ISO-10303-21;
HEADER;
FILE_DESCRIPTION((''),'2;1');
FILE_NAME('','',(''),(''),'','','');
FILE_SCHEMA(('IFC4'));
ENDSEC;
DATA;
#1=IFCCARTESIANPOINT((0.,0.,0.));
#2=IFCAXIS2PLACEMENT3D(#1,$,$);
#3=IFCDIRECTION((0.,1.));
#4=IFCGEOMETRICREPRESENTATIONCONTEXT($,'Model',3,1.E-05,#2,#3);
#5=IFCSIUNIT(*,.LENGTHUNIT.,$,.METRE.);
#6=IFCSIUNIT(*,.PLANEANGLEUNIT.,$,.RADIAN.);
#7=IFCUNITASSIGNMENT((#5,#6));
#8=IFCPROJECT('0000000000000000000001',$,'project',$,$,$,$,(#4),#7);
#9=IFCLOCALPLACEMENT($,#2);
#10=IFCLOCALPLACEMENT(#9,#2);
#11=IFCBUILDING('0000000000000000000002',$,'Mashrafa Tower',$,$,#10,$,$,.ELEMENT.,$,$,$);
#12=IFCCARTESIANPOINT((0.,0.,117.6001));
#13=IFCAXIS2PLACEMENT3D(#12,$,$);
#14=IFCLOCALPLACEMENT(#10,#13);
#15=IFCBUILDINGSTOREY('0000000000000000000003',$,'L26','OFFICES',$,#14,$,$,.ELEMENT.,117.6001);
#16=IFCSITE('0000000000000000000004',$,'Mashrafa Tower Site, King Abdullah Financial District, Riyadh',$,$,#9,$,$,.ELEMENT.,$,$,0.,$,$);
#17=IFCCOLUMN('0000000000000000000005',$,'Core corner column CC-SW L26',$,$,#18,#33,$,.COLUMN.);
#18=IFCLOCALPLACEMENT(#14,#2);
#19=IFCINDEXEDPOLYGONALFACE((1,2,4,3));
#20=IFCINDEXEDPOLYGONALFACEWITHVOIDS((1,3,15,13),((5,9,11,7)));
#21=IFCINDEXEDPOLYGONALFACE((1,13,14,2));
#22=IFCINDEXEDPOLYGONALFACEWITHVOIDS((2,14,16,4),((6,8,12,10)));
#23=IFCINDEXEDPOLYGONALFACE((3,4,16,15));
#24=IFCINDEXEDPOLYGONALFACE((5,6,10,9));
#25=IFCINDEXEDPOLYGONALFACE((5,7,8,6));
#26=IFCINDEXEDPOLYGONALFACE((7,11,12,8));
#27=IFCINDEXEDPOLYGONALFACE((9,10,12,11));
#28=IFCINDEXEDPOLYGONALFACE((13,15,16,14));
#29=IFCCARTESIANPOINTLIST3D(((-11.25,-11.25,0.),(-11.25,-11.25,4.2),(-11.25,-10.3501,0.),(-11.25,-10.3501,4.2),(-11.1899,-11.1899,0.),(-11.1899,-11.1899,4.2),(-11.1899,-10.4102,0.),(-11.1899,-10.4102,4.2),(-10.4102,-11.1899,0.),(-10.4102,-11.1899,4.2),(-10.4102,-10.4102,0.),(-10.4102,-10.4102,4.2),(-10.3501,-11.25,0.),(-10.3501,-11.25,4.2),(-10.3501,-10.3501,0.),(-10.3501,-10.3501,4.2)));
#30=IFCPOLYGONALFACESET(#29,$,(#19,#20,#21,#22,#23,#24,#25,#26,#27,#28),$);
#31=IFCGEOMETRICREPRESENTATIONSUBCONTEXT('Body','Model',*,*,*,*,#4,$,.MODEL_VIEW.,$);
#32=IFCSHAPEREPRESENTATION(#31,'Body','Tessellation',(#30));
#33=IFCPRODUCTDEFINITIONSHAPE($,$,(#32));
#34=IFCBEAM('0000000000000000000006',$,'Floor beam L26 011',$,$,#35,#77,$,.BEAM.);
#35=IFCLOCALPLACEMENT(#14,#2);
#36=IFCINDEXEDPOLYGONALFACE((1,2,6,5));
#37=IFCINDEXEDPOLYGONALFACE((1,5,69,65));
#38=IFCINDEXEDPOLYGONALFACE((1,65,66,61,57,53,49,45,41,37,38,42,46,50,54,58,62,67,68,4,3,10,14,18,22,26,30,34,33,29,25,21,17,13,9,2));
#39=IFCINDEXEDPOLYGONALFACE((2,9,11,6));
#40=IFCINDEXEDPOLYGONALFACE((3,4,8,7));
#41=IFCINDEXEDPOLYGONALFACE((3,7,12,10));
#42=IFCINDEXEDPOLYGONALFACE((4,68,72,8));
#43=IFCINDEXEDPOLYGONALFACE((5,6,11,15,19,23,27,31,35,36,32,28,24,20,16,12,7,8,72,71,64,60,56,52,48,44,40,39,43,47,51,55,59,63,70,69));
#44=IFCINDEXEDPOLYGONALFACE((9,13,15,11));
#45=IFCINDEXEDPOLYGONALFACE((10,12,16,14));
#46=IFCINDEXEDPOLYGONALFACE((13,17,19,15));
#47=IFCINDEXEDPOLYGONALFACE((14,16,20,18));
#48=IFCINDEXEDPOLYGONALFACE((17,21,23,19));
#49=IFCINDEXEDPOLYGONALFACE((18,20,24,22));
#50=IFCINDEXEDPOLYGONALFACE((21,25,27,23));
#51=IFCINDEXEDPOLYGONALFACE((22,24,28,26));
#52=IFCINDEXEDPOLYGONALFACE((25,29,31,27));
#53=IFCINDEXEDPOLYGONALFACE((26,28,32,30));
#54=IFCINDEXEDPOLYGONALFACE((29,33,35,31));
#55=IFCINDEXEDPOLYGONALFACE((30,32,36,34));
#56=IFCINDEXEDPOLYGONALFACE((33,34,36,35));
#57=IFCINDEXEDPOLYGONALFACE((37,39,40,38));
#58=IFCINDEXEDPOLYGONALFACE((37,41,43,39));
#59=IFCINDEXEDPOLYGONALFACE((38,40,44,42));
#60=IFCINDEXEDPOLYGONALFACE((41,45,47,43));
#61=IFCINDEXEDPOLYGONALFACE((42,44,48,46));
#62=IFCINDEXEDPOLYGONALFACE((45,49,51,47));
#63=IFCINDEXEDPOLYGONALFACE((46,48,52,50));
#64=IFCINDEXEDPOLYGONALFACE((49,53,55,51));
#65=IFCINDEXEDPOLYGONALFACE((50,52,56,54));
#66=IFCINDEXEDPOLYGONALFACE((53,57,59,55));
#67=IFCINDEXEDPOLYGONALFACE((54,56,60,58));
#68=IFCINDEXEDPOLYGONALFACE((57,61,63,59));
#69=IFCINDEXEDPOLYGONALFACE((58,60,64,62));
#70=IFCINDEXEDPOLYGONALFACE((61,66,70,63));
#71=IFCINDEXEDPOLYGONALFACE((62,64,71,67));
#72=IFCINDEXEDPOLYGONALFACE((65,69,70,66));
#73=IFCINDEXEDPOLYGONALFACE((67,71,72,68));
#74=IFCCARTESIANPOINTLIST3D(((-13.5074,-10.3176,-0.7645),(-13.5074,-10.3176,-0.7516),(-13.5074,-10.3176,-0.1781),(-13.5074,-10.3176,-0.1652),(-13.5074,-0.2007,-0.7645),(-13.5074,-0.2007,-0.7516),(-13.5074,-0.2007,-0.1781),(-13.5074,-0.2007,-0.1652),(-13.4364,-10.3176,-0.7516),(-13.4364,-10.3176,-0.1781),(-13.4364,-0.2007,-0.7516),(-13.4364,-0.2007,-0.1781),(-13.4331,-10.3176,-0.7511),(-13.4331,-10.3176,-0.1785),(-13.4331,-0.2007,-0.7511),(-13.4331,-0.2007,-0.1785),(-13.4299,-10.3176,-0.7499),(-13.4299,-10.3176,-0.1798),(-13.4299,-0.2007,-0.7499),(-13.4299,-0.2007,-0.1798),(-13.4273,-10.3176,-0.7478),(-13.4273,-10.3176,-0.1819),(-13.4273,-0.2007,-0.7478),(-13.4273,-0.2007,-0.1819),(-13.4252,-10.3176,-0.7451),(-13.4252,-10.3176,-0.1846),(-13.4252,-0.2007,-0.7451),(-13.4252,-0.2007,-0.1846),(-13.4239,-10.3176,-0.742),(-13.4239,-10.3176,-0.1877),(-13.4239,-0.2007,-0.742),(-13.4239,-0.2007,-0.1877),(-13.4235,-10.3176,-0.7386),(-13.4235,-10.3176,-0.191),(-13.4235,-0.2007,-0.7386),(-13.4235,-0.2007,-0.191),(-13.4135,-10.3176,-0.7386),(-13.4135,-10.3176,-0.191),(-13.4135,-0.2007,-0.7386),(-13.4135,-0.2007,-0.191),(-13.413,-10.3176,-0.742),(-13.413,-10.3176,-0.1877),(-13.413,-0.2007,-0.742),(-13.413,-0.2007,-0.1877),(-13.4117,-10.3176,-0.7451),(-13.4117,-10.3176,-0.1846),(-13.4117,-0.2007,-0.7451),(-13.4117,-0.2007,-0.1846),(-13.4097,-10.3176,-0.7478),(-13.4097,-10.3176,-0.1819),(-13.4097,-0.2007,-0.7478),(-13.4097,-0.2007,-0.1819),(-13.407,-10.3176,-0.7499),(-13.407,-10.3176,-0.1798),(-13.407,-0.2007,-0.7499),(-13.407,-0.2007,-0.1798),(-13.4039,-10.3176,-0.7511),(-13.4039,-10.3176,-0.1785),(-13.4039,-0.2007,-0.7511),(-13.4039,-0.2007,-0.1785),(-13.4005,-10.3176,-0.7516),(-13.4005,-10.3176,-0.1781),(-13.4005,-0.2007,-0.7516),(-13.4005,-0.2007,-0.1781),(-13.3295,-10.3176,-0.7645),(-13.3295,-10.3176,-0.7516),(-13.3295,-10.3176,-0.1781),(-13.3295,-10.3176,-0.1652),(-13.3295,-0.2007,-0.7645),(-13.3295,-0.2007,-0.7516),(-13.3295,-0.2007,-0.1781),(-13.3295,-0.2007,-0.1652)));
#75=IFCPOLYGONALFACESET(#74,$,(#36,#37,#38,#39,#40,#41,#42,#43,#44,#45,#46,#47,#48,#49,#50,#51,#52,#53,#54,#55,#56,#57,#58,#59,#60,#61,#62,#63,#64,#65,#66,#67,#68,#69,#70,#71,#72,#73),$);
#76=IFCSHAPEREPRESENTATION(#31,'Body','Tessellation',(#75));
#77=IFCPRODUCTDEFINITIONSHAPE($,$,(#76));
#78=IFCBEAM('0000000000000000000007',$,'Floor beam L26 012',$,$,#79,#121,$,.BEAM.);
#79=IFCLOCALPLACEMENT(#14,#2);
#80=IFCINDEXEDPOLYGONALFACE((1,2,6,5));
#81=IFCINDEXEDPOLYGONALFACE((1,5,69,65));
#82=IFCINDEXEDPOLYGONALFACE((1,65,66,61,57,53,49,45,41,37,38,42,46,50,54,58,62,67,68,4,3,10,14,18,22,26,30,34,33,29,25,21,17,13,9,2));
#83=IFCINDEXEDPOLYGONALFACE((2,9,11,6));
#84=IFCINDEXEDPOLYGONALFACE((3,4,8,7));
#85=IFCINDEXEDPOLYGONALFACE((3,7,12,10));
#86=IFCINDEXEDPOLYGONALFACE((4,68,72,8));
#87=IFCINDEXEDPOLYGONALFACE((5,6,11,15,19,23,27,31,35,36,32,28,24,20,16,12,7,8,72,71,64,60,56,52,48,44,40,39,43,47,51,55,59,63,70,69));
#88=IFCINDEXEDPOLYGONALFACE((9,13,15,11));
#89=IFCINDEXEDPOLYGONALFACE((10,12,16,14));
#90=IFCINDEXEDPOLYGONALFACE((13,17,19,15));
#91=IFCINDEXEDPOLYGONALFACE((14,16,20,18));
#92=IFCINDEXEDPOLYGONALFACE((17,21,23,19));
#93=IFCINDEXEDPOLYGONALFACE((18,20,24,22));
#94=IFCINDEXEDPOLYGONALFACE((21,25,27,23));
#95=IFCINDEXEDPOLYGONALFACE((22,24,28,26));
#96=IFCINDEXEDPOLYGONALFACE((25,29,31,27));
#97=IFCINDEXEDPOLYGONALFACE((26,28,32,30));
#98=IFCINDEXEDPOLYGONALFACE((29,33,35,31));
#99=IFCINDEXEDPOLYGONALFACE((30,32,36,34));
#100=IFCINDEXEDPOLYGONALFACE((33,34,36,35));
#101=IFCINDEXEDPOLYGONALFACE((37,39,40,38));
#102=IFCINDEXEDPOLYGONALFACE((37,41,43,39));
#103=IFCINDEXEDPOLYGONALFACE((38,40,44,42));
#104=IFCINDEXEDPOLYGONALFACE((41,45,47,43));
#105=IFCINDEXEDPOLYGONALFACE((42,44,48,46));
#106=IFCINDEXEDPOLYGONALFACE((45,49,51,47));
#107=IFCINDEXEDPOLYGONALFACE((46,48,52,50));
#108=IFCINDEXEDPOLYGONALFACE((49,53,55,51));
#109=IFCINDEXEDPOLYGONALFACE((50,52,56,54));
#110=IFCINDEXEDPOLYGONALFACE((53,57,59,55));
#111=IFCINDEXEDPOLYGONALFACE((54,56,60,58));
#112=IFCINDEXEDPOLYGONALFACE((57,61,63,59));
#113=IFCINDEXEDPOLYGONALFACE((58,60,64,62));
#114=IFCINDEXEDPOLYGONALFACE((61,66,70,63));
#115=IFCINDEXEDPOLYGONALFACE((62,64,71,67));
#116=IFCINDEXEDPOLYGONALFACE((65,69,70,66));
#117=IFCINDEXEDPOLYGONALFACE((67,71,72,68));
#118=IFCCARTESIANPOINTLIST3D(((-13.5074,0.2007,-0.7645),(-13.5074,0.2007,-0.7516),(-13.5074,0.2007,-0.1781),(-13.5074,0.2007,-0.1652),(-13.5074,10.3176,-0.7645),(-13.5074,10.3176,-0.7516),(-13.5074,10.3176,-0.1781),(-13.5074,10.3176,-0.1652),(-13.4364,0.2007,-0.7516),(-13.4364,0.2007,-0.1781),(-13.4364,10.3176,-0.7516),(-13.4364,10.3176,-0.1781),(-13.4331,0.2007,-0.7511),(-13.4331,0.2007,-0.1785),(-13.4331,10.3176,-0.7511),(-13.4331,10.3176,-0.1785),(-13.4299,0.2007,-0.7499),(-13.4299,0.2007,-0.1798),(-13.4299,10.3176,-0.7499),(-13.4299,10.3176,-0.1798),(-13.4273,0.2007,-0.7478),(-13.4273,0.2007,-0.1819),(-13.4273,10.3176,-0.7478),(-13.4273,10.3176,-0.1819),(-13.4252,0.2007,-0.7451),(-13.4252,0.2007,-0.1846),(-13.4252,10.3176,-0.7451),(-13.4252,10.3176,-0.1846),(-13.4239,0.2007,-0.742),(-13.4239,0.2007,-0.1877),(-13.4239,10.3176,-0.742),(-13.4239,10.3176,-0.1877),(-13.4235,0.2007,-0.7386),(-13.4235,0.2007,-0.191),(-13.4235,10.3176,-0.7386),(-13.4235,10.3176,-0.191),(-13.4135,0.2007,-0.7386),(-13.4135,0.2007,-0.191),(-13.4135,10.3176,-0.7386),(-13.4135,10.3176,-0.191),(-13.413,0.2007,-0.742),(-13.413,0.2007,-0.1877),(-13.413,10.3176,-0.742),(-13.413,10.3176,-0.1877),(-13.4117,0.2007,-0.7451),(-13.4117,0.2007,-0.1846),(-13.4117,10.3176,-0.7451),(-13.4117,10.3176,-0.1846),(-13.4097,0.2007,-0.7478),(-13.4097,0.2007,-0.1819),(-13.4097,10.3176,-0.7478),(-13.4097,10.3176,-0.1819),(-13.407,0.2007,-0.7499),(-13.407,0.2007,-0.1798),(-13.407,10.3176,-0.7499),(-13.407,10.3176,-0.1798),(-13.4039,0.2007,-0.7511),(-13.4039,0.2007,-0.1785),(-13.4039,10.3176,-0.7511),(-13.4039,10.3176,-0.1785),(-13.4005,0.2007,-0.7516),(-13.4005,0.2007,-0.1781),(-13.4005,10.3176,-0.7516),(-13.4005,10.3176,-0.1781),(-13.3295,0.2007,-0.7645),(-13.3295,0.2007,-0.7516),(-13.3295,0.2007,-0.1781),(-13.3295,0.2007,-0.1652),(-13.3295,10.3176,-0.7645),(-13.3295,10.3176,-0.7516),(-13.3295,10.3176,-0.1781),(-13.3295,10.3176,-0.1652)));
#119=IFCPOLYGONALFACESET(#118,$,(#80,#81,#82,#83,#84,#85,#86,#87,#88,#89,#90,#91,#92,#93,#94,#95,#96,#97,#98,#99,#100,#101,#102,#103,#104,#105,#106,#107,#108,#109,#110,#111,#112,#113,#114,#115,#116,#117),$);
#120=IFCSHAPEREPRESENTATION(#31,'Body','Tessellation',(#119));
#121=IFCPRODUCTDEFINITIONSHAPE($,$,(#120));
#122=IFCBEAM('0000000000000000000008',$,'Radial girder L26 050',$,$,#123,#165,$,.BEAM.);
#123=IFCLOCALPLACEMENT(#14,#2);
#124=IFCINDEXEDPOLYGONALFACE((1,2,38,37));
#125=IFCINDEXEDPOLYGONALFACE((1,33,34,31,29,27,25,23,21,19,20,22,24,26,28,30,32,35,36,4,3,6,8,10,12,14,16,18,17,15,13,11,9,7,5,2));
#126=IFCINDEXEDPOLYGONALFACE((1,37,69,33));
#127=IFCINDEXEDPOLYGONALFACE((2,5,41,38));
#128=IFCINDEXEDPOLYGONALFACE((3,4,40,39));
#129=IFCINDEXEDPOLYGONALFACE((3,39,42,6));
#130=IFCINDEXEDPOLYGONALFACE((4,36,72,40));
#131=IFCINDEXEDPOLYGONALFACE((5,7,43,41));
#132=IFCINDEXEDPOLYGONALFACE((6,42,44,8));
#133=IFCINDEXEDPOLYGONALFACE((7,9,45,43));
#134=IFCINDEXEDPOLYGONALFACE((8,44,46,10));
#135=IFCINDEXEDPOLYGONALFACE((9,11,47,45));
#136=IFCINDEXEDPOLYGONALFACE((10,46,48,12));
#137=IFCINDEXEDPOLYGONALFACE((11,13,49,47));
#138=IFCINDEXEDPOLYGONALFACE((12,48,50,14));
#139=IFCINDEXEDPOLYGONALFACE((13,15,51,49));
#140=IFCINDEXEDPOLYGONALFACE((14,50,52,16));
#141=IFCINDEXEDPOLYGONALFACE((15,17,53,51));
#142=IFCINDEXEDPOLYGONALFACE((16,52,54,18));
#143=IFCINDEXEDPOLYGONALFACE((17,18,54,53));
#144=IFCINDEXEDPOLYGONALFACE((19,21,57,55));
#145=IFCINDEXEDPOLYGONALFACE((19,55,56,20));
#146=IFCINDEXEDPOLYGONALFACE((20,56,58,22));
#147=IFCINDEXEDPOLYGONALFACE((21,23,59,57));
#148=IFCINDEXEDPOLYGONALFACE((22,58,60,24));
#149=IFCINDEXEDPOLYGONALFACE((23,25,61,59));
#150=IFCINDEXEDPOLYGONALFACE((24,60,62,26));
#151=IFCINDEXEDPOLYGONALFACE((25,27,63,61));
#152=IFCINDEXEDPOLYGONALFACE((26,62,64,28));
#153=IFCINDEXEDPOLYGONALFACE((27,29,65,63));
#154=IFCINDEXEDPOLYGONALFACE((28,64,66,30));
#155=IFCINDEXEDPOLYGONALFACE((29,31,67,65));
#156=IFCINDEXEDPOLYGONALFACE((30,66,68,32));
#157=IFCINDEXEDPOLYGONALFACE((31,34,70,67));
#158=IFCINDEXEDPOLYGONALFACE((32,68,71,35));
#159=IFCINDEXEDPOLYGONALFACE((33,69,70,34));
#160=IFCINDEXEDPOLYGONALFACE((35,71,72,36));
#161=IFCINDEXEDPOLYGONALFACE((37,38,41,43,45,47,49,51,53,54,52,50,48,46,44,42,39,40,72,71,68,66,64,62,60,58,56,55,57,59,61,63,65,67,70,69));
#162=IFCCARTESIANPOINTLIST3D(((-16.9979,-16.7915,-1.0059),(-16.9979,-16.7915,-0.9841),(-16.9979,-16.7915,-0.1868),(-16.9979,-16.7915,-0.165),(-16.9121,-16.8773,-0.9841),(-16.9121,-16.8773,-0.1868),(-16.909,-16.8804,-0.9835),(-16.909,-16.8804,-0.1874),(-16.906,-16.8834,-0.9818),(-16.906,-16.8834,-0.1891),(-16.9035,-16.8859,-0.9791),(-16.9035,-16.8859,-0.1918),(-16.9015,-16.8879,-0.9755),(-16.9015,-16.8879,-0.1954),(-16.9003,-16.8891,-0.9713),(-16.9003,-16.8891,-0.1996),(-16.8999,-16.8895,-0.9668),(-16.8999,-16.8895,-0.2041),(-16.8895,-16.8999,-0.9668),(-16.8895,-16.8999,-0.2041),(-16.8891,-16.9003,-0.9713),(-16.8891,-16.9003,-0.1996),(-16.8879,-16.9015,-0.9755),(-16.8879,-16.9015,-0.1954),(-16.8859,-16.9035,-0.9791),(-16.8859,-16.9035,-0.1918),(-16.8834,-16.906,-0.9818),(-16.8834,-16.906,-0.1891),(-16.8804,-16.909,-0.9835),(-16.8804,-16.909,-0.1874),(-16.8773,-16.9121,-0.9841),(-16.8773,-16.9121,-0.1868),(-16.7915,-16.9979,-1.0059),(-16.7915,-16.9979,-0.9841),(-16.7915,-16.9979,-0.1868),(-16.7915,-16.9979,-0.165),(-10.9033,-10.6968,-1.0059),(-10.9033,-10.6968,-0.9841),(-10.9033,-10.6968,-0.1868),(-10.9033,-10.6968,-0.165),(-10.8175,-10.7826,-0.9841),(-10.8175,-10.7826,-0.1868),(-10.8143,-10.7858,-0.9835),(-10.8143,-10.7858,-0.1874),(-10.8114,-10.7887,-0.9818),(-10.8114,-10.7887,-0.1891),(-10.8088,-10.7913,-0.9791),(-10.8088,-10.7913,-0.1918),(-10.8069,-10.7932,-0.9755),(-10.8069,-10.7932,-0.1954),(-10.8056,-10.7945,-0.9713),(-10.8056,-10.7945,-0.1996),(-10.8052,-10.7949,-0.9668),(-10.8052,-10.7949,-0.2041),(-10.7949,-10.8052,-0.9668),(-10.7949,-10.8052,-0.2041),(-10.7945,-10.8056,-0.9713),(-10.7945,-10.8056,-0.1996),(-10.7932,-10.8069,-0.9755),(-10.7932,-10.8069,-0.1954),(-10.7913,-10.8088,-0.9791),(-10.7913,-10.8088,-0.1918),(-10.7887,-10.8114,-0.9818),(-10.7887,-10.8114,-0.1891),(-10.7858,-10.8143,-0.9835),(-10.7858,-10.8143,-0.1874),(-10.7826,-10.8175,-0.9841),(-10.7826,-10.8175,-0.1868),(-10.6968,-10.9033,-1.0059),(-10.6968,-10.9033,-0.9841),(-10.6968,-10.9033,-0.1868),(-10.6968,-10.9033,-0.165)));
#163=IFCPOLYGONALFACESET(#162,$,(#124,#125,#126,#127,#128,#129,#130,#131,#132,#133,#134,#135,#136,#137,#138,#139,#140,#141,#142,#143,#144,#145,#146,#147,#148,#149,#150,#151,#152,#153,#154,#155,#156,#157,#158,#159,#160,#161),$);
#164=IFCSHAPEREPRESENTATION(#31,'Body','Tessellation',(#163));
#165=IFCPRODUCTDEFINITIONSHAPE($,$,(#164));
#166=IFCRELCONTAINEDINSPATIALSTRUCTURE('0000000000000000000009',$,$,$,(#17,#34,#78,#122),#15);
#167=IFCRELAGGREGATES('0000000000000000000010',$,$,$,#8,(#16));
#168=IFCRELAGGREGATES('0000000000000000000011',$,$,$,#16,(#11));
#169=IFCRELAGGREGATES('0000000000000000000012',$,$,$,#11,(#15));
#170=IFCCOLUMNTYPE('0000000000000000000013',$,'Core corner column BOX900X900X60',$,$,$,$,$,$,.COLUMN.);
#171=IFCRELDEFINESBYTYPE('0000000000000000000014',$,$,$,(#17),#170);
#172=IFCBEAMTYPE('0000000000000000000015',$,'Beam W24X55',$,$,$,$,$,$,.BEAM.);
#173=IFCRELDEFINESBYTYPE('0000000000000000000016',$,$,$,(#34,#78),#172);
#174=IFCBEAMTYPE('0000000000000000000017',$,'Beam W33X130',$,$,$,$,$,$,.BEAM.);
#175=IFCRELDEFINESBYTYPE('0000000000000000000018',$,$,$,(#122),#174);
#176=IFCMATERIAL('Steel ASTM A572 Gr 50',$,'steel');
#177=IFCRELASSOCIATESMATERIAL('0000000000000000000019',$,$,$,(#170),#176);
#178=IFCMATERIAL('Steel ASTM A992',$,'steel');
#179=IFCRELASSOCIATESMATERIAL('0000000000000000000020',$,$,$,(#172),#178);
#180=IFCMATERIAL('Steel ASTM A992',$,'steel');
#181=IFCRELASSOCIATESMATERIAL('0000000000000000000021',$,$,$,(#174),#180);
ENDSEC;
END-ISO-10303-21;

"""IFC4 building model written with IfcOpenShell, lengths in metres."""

from ifc_helpers import new_model, si_unit, direction, frame, origin, origin_2d, place, context, subcontext, project, spatial, hollow_rectangle, i_section, extrude, material, material_profile, profile_set, type_object, element, save


model = new_model("IFC4")

# Units and contexts
model_context = context("Model", 3, precision=1e-05, world=origin(), true_north=direction((0.0, 1.0)))
body_context = subcontext(model_context, "Body", "Model", "MODEL_VIEW")
ifc_project = project(units=[si_unit("LENGTHUNIT", "METRE"), si_unit("PLANEANGLEUNIT", "RADIAN")], contexts=[model_context])

# Site, building, storey
site_placement = place(None, origin())
site = spatial("IfcSite", under=ifc_project, at=site_placement, Name="Mashrafa Tower Site, King Abdullah Financial District, Riyadh", CompositionType="ELEMENT", RefElevation=0.0)
building_placement = place(site_placement, origin())
building = spatial("IfcBuilding", under=site, at=building_placement, Name="Mashrafa Tower", CompositionType="ELEMENT")
storey_placement = place(building_placement, frame((0.0, 0.0, 117.6001)))
storey = spatial("IfcBuildingStorey", under=building, at=storey_placement, Name="L26", Description="OFFICES", CompositionType="ELEMENT", Elevation=117.6001)

# Column
ifc_material_1 = material(Name="Steel ASTM A572 Gr 50", Category="steel")
ifc_material_profile_1 = material_profile(ifc_material_1, hollow_rectangle(XDim=0.8999, YDim=0.8999, WallThickness=0.0601, at=origin_2d()), Name="BOX900X900X60")
ifc_profile_set_1 = profile_set([ifc_material_profile_1], Name="Steel ASTM A572 Gr 50")
column_type = type_object("IfcColumnType", Name="Core corner column BOX900X900X60", PredefinedType="COLUMN", material=ifc_profile_set_1)
column_placement = place(storey_placement, frame((-10.8, -10.8, 0.0), z_axis=(0.0, 0.0, 1.0), x_axis=(1.0, 0.0, 0.0)))
element("IfcColumn", 1, at=column_placement, inside=storey, type_object=column_type, Name="Core corner column CC-SW L26", PredefinedType="COLUMN", context=body_context, shape_type="SweptSolid", body=[
    extrude(hollow_rectangle(XDim=0.8999, YDim=0.8999, WallThickness=0.0601, at=origin_2d()), origin(), (0.0, 0.0, 1.0), 4.2),
])

# Beams
ifc_material_2 = material(Name="Steel ASTM A992", Category="steel")
ifc_material_profile_2 = material_profile(ifc_material_2, i_section(OverallWidth=0.178, OverallDepth=0.5994, WebThickness=0.01, FlangeThickness=0.0129, FilletRadius=0.0129, at=origin_2d()), Name="W24X55")
ifc_profile_set_2 = profile_set([ifc_material_profile_2], Name="Steel ASTM A992")
beam_type_1 = type_object("IfcBeamType", Name="Beam W24X55", PredefinedType="BEAM", material=ifc_profile_set_2)
for number, where, z_axis, x_axis, name in (
    (2, (-13.4185, -10.3176, -0.4648), (0.0, 1.0, 0.0), (-1.0, 0.0, 0.0), "Floor beam L26 011"),
    (3, (-13.4185, 0.2007, -0.4648), (0.0, 1.0, 0.0), (-1.0, 0.0, 0.0), "Floor beam L26 012"),
):
    element("IfcBeam", number, at=place(storey_placement, frame(where, z_axis=z_axis, x_axis=x_axis)), inside=storey, type_object=beam_type_1, Name=name, PredefinedType="BEAM", context=body_context, shape_type="SweptSolid", body=[
        extrude(i_section(OverallWidth=0.178, OverallDepth=0.5994, WebThickness=0.01, FlangeThickness=0.0129, FilletRadius=0.0129, at=origin_2d()), origin(), (0.0, 0.0, 1.0), 10.1169),
    ])
ifc_material_3 = material(Name="Steel ASTM A992", Category="steel")
ifc_material_profile_3 = material_profile(ifc_material_3, i_section(OverallWidth=0.292, OverallDepth=0.8408, WebThickness=0.0146, FlangeThickness=0.0217, FilletRadius=0.0173, at=origin_2d()), Name="W33X130")
ifc_profile_set_3 = profile_set([ifc_material_profile_3], Name="Steel ASTM A992")
beam_type_2 = type_object("IfcBeamType", Name="Beam W33X130", PredefinedType="BEAM", material=ifc_profile_set_3)
beam_1_placement = place(storey_placement, frame((-10.8, -10.8, -0.5854), z_axis=(-0.707107, -0.707107, 0.0), x_axis=(0.707107, -0.707107, 0.0)))
element("IfcBeam", 4, at=beam_1_placement, inside=storey, type_object=beam_type_2, Name="Radial girder L26 050", PredefinedType="BEAM", context=body_context, shape_type="SweptSolid", body=[
    extrude(i_section(OverallWidth=0.292, OverallDepth=0.8408, WebThickness=0.0146, FlangeThickness=0.0217, FilletRadius=0.0173, at=origin_2d()), origin(), (0.0, 0.0, 1.0), 8.6191),
])

save(model, "model.ifc")
